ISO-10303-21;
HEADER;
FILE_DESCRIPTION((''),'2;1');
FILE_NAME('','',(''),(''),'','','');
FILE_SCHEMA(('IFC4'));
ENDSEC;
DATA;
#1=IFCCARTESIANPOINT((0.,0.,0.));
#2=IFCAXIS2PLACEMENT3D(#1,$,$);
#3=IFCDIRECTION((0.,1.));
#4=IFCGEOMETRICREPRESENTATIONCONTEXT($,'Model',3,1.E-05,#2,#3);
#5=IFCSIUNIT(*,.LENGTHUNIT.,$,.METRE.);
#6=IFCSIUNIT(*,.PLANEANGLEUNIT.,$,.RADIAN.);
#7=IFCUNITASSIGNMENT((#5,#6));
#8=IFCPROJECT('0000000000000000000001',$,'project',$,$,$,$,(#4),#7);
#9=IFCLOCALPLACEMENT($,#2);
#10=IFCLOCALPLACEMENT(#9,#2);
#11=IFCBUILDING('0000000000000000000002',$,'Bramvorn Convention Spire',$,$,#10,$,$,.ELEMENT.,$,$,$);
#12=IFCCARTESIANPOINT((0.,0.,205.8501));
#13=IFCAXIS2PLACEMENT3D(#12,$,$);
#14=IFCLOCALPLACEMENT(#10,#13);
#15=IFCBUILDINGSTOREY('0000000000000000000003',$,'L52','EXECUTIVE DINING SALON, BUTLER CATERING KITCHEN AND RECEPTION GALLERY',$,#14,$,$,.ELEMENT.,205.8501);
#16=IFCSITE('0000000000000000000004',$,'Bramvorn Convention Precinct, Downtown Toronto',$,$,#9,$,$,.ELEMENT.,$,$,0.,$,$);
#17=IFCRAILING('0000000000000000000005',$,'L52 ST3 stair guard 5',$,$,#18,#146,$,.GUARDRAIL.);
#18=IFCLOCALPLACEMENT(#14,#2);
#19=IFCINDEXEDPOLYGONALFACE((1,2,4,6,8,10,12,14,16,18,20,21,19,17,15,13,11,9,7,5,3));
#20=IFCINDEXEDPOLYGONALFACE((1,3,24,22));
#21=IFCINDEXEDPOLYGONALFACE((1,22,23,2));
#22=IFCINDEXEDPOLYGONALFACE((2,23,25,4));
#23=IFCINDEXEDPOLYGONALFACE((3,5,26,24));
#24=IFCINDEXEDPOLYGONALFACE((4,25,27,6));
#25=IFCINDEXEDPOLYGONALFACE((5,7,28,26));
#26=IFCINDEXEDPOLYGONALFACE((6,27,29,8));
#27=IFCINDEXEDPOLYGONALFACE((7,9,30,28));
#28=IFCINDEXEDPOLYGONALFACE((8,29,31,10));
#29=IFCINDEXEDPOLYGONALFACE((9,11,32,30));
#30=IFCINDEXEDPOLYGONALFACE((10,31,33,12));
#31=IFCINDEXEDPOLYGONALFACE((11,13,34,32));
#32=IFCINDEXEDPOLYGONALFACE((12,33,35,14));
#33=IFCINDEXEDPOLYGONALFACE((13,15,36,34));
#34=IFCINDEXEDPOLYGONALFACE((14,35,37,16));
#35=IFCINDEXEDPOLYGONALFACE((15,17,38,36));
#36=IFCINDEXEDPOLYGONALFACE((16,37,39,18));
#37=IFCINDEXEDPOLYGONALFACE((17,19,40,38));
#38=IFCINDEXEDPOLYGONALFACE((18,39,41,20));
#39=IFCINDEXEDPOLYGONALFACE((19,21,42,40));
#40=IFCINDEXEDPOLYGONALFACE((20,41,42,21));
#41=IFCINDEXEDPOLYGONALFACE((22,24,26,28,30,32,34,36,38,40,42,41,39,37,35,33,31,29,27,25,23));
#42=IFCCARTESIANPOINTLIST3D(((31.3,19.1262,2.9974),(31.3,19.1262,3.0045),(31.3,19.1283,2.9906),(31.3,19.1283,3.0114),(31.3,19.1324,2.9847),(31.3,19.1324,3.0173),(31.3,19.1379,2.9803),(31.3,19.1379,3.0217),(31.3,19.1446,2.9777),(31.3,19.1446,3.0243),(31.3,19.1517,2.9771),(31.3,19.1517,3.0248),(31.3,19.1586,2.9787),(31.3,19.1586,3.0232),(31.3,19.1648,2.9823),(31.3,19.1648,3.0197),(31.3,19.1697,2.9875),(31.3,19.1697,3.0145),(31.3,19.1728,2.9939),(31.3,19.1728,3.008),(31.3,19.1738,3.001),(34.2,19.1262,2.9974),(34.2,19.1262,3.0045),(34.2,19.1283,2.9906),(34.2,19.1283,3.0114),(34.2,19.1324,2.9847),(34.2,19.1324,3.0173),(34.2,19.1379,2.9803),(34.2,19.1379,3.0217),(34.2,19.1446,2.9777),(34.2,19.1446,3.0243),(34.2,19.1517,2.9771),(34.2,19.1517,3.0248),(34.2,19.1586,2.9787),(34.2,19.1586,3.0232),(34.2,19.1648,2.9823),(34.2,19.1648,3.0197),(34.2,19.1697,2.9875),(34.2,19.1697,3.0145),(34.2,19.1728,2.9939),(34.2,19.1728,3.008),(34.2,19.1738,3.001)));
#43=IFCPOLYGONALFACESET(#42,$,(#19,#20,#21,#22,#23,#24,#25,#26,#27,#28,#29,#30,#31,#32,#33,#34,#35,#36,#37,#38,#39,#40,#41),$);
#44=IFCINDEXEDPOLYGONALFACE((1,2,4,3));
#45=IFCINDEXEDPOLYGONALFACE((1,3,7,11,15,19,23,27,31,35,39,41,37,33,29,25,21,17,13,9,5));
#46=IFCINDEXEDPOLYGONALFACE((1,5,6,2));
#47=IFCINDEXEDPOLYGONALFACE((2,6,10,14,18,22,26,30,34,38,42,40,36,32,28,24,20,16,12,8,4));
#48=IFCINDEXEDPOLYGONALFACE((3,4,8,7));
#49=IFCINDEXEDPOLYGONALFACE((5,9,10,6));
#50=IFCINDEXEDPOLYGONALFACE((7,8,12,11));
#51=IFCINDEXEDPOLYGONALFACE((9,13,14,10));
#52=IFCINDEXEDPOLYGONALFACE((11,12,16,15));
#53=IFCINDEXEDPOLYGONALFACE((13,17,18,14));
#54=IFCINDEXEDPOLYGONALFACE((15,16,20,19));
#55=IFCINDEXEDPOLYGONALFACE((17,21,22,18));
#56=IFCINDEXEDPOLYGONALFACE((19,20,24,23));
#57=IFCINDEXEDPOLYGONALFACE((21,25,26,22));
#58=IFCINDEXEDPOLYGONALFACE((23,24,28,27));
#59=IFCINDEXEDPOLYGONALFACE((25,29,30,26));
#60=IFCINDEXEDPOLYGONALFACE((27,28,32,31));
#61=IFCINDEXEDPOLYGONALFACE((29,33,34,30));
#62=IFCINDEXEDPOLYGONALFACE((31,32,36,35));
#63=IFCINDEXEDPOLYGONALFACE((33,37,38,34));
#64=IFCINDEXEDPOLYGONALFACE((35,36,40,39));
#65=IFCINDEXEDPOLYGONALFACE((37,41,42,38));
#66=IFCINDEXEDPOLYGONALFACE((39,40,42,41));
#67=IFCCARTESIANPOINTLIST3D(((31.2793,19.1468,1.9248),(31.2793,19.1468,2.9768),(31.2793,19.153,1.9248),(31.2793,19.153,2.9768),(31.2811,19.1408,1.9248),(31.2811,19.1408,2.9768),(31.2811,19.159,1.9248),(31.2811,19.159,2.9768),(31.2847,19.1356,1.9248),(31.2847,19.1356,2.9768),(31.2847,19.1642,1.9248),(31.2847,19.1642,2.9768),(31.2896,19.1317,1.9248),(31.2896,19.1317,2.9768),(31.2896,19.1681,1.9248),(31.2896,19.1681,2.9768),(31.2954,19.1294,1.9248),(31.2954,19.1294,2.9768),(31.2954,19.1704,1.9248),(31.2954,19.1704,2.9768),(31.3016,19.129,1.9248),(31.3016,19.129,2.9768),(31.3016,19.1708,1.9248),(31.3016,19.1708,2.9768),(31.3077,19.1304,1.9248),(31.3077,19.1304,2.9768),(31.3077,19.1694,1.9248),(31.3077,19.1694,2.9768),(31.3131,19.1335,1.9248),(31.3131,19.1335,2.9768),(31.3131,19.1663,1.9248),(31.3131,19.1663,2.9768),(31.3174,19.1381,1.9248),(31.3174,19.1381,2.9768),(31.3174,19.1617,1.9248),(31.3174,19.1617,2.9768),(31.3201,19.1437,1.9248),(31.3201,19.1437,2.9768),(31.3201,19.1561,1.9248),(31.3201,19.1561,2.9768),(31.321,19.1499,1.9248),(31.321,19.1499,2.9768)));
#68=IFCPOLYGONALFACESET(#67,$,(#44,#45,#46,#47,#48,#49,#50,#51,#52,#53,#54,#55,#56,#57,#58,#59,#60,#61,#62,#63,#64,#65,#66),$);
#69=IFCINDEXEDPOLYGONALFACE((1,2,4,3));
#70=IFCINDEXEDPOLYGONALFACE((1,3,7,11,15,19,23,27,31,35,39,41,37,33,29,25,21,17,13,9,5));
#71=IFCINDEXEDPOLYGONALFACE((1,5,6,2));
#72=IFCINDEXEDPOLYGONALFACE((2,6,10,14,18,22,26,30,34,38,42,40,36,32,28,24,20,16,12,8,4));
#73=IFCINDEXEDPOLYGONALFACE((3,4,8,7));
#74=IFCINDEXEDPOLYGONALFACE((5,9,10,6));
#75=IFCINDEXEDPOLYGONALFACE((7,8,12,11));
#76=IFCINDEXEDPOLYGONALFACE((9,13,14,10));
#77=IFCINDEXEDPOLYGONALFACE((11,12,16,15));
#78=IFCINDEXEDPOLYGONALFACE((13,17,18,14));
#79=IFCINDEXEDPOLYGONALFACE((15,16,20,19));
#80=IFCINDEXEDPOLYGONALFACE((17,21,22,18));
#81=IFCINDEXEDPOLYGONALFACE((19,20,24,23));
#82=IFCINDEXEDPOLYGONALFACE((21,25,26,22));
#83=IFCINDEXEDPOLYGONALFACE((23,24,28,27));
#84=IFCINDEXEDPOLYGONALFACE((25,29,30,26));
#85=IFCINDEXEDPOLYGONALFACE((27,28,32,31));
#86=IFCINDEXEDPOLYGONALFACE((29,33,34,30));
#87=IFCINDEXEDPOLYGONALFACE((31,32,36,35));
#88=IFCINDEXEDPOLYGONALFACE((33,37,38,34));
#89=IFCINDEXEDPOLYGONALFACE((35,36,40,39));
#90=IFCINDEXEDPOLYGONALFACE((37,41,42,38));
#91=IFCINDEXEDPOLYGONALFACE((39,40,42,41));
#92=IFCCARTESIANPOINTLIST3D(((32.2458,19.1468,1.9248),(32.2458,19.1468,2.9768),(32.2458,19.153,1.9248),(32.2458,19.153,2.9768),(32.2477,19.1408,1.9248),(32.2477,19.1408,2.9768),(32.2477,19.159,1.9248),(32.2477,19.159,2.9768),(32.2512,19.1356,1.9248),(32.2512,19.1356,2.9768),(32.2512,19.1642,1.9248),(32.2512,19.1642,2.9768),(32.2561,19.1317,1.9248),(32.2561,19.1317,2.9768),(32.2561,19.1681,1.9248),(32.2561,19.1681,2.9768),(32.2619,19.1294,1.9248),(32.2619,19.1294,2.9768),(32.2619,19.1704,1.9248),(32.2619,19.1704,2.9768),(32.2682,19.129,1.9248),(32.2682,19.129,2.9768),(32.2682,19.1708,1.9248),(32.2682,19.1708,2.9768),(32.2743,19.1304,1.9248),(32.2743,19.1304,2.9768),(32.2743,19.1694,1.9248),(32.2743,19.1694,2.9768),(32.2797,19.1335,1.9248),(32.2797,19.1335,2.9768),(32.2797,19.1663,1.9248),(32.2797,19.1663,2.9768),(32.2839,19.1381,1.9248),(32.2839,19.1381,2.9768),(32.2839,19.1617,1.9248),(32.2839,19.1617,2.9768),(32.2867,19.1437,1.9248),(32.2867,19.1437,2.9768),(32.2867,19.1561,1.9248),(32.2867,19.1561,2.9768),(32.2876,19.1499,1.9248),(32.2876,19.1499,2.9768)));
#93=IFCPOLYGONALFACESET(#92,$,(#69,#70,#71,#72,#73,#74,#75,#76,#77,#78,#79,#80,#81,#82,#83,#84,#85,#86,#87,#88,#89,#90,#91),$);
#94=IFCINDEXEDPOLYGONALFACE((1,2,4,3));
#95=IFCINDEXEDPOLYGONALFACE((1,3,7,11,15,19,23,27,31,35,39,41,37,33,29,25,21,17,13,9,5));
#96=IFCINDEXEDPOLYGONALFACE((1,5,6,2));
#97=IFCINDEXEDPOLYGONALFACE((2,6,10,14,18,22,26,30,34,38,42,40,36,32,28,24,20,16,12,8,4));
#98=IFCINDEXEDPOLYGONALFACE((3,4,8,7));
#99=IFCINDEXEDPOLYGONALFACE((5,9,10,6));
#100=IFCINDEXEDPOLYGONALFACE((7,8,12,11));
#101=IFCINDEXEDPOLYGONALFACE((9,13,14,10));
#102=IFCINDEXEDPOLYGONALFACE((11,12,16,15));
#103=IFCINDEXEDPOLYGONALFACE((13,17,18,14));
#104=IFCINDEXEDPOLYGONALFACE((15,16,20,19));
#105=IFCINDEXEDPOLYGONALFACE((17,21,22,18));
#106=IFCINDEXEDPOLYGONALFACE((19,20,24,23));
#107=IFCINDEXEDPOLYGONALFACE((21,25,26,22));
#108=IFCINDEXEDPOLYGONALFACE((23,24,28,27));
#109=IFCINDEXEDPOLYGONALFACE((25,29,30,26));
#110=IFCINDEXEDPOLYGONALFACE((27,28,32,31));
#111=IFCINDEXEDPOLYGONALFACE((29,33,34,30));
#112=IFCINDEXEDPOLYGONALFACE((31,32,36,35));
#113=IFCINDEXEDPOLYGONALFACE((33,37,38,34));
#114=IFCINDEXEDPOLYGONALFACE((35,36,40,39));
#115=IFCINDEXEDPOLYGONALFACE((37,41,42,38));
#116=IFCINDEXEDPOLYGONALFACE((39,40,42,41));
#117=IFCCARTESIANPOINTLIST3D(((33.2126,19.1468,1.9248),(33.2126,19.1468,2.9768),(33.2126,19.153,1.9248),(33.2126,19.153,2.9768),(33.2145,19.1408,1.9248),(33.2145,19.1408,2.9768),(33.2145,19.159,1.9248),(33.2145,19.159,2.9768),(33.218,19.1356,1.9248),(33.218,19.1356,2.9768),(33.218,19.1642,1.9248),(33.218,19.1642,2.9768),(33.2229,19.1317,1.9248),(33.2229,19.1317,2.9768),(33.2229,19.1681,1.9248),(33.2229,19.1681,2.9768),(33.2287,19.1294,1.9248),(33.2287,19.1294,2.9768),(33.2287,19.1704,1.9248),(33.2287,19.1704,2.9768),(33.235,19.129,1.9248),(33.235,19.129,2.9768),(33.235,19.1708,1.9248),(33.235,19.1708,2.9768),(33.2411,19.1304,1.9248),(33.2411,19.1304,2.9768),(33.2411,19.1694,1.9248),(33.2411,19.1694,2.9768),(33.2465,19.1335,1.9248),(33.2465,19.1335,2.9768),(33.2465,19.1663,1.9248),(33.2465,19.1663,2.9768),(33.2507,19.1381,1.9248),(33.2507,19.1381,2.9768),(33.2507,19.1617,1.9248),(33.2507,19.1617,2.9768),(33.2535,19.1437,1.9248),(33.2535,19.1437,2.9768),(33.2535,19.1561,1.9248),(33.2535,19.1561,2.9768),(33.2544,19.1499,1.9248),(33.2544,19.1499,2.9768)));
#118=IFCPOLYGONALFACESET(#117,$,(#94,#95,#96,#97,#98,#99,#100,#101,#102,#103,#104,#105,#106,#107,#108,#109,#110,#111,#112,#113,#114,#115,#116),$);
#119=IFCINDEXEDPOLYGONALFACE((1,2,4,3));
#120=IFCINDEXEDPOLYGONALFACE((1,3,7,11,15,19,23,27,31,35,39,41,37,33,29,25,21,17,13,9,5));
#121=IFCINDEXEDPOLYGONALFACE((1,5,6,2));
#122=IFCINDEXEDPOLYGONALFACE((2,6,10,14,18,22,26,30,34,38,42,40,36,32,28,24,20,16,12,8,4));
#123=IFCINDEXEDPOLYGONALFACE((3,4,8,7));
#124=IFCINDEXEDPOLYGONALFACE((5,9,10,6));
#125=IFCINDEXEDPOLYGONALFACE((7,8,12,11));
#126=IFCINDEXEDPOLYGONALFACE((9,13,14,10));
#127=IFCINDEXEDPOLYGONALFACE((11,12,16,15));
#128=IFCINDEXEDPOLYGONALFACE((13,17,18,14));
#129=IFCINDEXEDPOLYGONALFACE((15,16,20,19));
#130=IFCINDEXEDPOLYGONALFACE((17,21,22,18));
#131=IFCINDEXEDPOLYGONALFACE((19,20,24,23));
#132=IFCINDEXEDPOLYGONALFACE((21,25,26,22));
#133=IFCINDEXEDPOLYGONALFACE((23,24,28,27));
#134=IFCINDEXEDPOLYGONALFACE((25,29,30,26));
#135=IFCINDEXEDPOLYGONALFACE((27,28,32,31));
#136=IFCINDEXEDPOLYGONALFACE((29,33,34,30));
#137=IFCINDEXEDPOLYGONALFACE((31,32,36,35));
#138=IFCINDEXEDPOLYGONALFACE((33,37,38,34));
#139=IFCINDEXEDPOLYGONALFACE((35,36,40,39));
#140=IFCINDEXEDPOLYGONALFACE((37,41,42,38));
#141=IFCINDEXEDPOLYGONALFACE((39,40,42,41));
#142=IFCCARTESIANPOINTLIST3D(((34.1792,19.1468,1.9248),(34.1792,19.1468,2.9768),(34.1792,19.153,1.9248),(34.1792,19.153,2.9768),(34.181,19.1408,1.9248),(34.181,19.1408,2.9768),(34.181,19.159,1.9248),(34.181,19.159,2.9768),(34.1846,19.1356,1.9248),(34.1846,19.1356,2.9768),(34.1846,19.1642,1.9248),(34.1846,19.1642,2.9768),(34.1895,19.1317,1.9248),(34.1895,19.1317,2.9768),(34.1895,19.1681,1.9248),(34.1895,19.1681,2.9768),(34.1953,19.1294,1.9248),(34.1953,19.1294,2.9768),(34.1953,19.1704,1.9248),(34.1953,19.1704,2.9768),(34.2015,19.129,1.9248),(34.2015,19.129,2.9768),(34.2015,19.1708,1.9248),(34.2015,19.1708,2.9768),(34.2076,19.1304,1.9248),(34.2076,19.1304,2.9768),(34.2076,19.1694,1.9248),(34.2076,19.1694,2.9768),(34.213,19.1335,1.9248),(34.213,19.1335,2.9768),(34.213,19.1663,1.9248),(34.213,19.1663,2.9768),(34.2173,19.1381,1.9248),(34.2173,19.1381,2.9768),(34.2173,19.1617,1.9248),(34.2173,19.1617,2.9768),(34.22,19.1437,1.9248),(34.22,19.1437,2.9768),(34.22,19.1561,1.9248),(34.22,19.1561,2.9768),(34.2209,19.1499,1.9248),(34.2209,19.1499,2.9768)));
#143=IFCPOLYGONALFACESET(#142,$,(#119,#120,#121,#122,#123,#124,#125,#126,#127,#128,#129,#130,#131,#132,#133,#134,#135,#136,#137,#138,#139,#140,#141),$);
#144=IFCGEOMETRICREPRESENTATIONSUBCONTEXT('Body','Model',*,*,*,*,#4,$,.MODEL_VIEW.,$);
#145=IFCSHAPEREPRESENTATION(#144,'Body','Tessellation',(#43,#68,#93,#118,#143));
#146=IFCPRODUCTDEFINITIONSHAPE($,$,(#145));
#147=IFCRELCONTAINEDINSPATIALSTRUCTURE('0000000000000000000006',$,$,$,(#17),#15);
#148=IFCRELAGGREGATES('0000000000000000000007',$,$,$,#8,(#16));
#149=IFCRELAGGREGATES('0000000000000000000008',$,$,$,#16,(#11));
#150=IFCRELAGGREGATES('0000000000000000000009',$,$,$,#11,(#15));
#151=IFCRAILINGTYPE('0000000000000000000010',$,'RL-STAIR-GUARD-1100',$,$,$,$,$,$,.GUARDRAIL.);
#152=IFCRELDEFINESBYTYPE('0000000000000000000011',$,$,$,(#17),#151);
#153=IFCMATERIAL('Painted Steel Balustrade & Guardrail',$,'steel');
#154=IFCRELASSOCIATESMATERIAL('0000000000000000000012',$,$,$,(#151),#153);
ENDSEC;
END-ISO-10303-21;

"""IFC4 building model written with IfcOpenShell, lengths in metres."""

from ifc_helpers import new_model, si_unit, direction, frame, origin, origin_2d, place, context, subcontext, project, spatial, circle, extrude, material, type_object, element, save


model = new_model("IFC4")

# Units and contexts
model_context = context("Model", 3, precision=1e-05, world=origin(), true_north=direction((0.0, 1.0)))
body_context = subcontext(model_context, "Body", "Model", "MODEL_VIEW")
ifc_project = project(units=[si_unit("LENGTHUNIT", "METRE"), si_unit("PLANEANGLEUNIT", "RADIAN")], contexts=[model_context])

# Site, building, storey
site_placement = place(None, origin())
site = spatial("IfcSite", under=ifc_project, at=site_placement, Name="Bramvorn Convention Precinct, Downtown Toronto", CompositionType="ELEMENT", RefElevation=0.0)
building_placement = place(site_placement, origin())
building = spatial("IfcBuilding", under=site, at=building_placement, Name="Bramvorn Convention Spire", CompositionType="ELEMENT")
storey_placement = place(building_placement, frame((0.0, 0.0, 205.8501)))
storey = spatial("IfcBuildingStorey", under=building, at=storey_placement, Name="L52", Description="EXECUTIVE DINING SALON, BUTLER CATERING KITCHEN AND RECEPTION GALLERY", CompositionType="ELEMENT", Elevation=205.8501)

# Railing
ifc_material_1 = material(Name="Painted Steel Balustrade & Guardrail", Category="steel")
railing_type_1 = type_object("IfcRailingType", Name="RL-STAIR-GUARD-1100", PredefinedType="GUARDRAIL", material=ifc_material_1)
railing_1_placement = place(storey_placement, frame((31.3, 19.1499, 1.9248)))
element("IfcRailing", 1, at=railing_1_placement, inside=storey, type_object=railing_type_1, Name="L52 ST3 stair guard 5", PredefinedType="GUARDRAIL", context=body_context, shape_type="SweptSolid", body=[
    extrude(circle(Radius=0.0239, at=origin_2d()), frame((0.0, 0.0, 1.0762), z_axis=(1.0, 0.0, 0.0), x_axis=(0.0, 1.0, 0.0)), (0.0, 0.0, 1.0), 2.8999),
    extrude(circle(Radius=0.021, at=origin_2d()), origin(), (0.0, 0.0, 1.0), 1.052),
    extrude(circle(Radius=0.021, at=origin_2d()), frame((0.9666, 0.0, 0.0)), (0.0, 0.0, 1.0), 1.052),
    extrude(circle(Radius=0.021, at=origin_2d()), frame((1.9333, 0.0, 0.0)), (0.0, 0.0, 1.0), 1.052),
    extrude(circle(Radius=0.021, at=origin_2d()), frame((2.8999, 0.0, 0.0)), (0.0, 0.0, 1.0), 1.052),
])

save(model, "model.ifc")
